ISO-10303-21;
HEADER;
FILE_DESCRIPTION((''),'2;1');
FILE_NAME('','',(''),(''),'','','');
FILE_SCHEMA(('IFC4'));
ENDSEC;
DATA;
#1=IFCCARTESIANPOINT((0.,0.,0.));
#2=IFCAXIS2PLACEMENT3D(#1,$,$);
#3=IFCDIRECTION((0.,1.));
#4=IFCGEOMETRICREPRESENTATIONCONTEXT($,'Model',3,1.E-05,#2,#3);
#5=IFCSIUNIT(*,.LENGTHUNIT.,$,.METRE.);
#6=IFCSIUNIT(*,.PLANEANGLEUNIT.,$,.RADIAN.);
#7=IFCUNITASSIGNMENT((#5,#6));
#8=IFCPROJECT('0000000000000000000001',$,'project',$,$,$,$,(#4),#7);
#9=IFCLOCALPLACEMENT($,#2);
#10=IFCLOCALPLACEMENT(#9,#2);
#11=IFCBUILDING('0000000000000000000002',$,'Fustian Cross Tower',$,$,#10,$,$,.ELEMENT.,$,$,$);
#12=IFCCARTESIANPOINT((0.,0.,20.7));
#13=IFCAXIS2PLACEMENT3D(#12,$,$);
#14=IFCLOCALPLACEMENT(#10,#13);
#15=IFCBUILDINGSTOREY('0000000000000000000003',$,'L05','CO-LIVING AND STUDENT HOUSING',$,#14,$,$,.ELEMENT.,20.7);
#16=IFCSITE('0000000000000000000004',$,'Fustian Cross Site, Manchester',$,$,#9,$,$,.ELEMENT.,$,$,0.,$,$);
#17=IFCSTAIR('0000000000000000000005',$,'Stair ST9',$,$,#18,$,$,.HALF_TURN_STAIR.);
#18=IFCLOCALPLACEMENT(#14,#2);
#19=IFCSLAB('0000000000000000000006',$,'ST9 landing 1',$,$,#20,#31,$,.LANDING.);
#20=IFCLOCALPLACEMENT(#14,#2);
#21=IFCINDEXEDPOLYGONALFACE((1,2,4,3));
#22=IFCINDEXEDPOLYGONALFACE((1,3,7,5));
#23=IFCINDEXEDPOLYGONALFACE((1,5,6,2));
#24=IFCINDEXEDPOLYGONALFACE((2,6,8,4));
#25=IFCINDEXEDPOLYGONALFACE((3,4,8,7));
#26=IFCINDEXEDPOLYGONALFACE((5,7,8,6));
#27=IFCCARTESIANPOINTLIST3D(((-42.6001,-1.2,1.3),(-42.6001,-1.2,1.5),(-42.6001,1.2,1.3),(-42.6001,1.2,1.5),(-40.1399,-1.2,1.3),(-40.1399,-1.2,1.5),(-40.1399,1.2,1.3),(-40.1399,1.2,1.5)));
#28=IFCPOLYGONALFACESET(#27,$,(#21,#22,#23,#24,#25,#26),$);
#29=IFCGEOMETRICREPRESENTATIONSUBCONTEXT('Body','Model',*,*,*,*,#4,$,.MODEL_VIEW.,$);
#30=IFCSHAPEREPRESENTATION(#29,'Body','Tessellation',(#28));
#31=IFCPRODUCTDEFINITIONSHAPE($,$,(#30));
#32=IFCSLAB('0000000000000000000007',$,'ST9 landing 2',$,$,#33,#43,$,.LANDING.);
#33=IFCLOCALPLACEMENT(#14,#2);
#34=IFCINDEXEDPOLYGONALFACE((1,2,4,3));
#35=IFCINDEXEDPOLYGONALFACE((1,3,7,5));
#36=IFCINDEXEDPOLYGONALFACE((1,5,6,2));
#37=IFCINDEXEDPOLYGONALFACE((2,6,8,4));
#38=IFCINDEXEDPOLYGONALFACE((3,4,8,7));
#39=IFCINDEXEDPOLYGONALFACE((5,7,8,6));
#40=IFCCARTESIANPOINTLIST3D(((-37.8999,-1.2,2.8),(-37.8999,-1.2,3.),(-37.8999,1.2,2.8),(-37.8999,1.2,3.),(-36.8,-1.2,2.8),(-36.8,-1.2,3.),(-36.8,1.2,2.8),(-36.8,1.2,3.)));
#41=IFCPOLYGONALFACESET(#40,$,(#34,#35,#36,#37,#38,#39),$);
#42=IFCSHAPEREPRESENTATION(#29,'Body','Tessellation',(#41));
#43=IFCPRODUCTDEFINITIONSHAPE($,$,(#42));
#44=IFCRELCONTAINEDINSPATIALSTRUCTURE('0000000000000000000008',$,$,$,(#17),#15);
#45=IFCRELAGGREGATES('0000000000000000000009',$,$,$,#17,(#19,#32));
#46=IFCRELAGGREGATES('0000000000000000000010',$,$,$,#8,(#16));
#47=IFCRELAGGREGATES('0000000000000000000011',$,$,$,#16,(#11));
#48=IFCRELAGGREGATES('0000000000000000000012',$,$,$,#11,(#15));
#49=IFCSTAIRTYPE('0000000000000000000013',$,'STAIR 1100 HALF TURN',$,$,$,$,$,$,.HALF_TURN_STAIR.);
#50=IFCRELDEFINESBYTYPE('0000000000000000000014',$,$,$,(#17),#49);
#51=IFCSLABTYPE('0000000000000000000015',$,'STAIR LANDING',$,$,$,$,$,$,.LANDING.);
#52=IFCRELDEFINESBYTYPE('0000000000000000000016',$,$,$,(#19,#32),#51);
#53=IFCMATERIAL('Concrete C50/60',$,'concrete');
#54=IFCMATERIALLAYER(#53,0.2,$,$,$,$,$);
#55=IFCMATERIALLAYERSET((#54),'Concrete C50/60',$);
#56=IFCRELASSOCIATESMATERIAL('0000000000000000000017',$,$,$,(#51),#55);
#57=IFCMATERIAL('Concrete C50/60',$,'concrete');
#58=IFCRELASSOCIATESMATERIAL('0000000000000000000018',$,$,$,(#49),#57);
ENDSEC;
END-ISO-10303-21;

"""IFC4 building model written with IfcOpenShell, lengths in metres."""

from ifc_helpers import new_model, si_unit, direction, frame, origin, place, context, subcontext, project, spatial, polyline, outline, extrude, material, layer, layer_set, type_object, element, aggregate, save


model = new_model("IFC4")

# Units and contexts
model_context = context("Model", 3, precision=1e-05, world=origin(), true_north=direction((0.0, 1.0)))
body_context = subcontext(model_context, "Body", "Model", "MODEL_VIEW")
ifc_project = project(units=[si_unit("LENGTHUNIT", "METRE"), si_unit("PLANEANGLEUNIT", "RADIAN")], contexts=[model_context])

# Site, building, storey
site_placement = place(None, origin())
site = spatial("IfcSite", under=ifc_project, at=site_placement, Name="Fustian Cross Site, Manchester", CompositionType="ELEMENT", RefElevation=0.0)
building_placement = place(site_placement, origin())
building = spatial("IfcBuilding", under=site, at=building_placement, Name="Fustian Cross Tower", CompositionType="ELEMENT")
storey_placement = place(building_placement, frame((0.0, 0.0, 20.7)))
storey = spatial("IfcBuildingStorey", under=building, at=storey_placement, Name="L05", Description="CO-LIVING AND STUDENT HOUSING", CompositionType="ELEMENT", Elevation=20.7)

# Stair, slabs
ifc_material_1 = material(Name="Concrete C50/60", Category="concrete")
ifc_layer_1 = layer(ifc_material_1, 0.2)
ifc_layer_set_1 = layer_set([ifc_layer_1], Name="Concrete C50/60")
slab_type_1 = type_object("IfcSlabType", Name="STAIR LANDING", PredefinedType="LANDING", material=ifc_layer_set_1)
ifc_material_2 = material(Name="Concrete C50/60", Category="concrete")
stair_type_1 = type_object("IfcStairType", Name="STAIR 1100 HALF TURN", PredefinedType="HALF_TURN_STAIR", material=ifc_material_2)
stair_1_placement = place(storey_placement, origin())
stair_1 = element("IfcStair", 1, at=stair_1_placement, inside=storey, type_object=stair_type_1, Name="Stair ST9", PredefinedType="HALF_TURN_STAIR")
slab_1_placement = place(storey_placement, frame((0.0, 0.0, 1.3)))
slab_1 = element("IfcSlab", 2, at=slab_1_placement, type_object=slab_type_1, Name="ST9 landing 1", PredefinedType="LANDING", context=body_context, shape_type="SweptSolid", body=[
    extrude(outline(polyline([(-40.1399, -1.2), (-42.6001, -1.2), (-42.6001, 1.2), (-40.1399, 1.2), (-40.1399, -1.2)])), origin(), (0.0, 0.0, 1.0), 0.2),
])
slab_2_placement = place(storey_placement, frame((0.0, 0.0, 2.8)))
slab_2 = element("IfcSlab", 3, at=slab_2_placement, type_object=slab_type_1, Name="ST9 landing 2", PredefinedType="LANDING", context=body_context, shape_type="SweptSolid", body=[
    extrude(outline(polyline([(-36.8, -1.2), (-37.8999, -1.2), (-37.8999, 1.2), (-36.8, 1.2), (-36.8, -1.2)])), origin(), (0.0, 0.0, 1.0), 0.2),
])
aggregate(stair_1, [slab_1, slab_2])

save(model, "model.ifc")
